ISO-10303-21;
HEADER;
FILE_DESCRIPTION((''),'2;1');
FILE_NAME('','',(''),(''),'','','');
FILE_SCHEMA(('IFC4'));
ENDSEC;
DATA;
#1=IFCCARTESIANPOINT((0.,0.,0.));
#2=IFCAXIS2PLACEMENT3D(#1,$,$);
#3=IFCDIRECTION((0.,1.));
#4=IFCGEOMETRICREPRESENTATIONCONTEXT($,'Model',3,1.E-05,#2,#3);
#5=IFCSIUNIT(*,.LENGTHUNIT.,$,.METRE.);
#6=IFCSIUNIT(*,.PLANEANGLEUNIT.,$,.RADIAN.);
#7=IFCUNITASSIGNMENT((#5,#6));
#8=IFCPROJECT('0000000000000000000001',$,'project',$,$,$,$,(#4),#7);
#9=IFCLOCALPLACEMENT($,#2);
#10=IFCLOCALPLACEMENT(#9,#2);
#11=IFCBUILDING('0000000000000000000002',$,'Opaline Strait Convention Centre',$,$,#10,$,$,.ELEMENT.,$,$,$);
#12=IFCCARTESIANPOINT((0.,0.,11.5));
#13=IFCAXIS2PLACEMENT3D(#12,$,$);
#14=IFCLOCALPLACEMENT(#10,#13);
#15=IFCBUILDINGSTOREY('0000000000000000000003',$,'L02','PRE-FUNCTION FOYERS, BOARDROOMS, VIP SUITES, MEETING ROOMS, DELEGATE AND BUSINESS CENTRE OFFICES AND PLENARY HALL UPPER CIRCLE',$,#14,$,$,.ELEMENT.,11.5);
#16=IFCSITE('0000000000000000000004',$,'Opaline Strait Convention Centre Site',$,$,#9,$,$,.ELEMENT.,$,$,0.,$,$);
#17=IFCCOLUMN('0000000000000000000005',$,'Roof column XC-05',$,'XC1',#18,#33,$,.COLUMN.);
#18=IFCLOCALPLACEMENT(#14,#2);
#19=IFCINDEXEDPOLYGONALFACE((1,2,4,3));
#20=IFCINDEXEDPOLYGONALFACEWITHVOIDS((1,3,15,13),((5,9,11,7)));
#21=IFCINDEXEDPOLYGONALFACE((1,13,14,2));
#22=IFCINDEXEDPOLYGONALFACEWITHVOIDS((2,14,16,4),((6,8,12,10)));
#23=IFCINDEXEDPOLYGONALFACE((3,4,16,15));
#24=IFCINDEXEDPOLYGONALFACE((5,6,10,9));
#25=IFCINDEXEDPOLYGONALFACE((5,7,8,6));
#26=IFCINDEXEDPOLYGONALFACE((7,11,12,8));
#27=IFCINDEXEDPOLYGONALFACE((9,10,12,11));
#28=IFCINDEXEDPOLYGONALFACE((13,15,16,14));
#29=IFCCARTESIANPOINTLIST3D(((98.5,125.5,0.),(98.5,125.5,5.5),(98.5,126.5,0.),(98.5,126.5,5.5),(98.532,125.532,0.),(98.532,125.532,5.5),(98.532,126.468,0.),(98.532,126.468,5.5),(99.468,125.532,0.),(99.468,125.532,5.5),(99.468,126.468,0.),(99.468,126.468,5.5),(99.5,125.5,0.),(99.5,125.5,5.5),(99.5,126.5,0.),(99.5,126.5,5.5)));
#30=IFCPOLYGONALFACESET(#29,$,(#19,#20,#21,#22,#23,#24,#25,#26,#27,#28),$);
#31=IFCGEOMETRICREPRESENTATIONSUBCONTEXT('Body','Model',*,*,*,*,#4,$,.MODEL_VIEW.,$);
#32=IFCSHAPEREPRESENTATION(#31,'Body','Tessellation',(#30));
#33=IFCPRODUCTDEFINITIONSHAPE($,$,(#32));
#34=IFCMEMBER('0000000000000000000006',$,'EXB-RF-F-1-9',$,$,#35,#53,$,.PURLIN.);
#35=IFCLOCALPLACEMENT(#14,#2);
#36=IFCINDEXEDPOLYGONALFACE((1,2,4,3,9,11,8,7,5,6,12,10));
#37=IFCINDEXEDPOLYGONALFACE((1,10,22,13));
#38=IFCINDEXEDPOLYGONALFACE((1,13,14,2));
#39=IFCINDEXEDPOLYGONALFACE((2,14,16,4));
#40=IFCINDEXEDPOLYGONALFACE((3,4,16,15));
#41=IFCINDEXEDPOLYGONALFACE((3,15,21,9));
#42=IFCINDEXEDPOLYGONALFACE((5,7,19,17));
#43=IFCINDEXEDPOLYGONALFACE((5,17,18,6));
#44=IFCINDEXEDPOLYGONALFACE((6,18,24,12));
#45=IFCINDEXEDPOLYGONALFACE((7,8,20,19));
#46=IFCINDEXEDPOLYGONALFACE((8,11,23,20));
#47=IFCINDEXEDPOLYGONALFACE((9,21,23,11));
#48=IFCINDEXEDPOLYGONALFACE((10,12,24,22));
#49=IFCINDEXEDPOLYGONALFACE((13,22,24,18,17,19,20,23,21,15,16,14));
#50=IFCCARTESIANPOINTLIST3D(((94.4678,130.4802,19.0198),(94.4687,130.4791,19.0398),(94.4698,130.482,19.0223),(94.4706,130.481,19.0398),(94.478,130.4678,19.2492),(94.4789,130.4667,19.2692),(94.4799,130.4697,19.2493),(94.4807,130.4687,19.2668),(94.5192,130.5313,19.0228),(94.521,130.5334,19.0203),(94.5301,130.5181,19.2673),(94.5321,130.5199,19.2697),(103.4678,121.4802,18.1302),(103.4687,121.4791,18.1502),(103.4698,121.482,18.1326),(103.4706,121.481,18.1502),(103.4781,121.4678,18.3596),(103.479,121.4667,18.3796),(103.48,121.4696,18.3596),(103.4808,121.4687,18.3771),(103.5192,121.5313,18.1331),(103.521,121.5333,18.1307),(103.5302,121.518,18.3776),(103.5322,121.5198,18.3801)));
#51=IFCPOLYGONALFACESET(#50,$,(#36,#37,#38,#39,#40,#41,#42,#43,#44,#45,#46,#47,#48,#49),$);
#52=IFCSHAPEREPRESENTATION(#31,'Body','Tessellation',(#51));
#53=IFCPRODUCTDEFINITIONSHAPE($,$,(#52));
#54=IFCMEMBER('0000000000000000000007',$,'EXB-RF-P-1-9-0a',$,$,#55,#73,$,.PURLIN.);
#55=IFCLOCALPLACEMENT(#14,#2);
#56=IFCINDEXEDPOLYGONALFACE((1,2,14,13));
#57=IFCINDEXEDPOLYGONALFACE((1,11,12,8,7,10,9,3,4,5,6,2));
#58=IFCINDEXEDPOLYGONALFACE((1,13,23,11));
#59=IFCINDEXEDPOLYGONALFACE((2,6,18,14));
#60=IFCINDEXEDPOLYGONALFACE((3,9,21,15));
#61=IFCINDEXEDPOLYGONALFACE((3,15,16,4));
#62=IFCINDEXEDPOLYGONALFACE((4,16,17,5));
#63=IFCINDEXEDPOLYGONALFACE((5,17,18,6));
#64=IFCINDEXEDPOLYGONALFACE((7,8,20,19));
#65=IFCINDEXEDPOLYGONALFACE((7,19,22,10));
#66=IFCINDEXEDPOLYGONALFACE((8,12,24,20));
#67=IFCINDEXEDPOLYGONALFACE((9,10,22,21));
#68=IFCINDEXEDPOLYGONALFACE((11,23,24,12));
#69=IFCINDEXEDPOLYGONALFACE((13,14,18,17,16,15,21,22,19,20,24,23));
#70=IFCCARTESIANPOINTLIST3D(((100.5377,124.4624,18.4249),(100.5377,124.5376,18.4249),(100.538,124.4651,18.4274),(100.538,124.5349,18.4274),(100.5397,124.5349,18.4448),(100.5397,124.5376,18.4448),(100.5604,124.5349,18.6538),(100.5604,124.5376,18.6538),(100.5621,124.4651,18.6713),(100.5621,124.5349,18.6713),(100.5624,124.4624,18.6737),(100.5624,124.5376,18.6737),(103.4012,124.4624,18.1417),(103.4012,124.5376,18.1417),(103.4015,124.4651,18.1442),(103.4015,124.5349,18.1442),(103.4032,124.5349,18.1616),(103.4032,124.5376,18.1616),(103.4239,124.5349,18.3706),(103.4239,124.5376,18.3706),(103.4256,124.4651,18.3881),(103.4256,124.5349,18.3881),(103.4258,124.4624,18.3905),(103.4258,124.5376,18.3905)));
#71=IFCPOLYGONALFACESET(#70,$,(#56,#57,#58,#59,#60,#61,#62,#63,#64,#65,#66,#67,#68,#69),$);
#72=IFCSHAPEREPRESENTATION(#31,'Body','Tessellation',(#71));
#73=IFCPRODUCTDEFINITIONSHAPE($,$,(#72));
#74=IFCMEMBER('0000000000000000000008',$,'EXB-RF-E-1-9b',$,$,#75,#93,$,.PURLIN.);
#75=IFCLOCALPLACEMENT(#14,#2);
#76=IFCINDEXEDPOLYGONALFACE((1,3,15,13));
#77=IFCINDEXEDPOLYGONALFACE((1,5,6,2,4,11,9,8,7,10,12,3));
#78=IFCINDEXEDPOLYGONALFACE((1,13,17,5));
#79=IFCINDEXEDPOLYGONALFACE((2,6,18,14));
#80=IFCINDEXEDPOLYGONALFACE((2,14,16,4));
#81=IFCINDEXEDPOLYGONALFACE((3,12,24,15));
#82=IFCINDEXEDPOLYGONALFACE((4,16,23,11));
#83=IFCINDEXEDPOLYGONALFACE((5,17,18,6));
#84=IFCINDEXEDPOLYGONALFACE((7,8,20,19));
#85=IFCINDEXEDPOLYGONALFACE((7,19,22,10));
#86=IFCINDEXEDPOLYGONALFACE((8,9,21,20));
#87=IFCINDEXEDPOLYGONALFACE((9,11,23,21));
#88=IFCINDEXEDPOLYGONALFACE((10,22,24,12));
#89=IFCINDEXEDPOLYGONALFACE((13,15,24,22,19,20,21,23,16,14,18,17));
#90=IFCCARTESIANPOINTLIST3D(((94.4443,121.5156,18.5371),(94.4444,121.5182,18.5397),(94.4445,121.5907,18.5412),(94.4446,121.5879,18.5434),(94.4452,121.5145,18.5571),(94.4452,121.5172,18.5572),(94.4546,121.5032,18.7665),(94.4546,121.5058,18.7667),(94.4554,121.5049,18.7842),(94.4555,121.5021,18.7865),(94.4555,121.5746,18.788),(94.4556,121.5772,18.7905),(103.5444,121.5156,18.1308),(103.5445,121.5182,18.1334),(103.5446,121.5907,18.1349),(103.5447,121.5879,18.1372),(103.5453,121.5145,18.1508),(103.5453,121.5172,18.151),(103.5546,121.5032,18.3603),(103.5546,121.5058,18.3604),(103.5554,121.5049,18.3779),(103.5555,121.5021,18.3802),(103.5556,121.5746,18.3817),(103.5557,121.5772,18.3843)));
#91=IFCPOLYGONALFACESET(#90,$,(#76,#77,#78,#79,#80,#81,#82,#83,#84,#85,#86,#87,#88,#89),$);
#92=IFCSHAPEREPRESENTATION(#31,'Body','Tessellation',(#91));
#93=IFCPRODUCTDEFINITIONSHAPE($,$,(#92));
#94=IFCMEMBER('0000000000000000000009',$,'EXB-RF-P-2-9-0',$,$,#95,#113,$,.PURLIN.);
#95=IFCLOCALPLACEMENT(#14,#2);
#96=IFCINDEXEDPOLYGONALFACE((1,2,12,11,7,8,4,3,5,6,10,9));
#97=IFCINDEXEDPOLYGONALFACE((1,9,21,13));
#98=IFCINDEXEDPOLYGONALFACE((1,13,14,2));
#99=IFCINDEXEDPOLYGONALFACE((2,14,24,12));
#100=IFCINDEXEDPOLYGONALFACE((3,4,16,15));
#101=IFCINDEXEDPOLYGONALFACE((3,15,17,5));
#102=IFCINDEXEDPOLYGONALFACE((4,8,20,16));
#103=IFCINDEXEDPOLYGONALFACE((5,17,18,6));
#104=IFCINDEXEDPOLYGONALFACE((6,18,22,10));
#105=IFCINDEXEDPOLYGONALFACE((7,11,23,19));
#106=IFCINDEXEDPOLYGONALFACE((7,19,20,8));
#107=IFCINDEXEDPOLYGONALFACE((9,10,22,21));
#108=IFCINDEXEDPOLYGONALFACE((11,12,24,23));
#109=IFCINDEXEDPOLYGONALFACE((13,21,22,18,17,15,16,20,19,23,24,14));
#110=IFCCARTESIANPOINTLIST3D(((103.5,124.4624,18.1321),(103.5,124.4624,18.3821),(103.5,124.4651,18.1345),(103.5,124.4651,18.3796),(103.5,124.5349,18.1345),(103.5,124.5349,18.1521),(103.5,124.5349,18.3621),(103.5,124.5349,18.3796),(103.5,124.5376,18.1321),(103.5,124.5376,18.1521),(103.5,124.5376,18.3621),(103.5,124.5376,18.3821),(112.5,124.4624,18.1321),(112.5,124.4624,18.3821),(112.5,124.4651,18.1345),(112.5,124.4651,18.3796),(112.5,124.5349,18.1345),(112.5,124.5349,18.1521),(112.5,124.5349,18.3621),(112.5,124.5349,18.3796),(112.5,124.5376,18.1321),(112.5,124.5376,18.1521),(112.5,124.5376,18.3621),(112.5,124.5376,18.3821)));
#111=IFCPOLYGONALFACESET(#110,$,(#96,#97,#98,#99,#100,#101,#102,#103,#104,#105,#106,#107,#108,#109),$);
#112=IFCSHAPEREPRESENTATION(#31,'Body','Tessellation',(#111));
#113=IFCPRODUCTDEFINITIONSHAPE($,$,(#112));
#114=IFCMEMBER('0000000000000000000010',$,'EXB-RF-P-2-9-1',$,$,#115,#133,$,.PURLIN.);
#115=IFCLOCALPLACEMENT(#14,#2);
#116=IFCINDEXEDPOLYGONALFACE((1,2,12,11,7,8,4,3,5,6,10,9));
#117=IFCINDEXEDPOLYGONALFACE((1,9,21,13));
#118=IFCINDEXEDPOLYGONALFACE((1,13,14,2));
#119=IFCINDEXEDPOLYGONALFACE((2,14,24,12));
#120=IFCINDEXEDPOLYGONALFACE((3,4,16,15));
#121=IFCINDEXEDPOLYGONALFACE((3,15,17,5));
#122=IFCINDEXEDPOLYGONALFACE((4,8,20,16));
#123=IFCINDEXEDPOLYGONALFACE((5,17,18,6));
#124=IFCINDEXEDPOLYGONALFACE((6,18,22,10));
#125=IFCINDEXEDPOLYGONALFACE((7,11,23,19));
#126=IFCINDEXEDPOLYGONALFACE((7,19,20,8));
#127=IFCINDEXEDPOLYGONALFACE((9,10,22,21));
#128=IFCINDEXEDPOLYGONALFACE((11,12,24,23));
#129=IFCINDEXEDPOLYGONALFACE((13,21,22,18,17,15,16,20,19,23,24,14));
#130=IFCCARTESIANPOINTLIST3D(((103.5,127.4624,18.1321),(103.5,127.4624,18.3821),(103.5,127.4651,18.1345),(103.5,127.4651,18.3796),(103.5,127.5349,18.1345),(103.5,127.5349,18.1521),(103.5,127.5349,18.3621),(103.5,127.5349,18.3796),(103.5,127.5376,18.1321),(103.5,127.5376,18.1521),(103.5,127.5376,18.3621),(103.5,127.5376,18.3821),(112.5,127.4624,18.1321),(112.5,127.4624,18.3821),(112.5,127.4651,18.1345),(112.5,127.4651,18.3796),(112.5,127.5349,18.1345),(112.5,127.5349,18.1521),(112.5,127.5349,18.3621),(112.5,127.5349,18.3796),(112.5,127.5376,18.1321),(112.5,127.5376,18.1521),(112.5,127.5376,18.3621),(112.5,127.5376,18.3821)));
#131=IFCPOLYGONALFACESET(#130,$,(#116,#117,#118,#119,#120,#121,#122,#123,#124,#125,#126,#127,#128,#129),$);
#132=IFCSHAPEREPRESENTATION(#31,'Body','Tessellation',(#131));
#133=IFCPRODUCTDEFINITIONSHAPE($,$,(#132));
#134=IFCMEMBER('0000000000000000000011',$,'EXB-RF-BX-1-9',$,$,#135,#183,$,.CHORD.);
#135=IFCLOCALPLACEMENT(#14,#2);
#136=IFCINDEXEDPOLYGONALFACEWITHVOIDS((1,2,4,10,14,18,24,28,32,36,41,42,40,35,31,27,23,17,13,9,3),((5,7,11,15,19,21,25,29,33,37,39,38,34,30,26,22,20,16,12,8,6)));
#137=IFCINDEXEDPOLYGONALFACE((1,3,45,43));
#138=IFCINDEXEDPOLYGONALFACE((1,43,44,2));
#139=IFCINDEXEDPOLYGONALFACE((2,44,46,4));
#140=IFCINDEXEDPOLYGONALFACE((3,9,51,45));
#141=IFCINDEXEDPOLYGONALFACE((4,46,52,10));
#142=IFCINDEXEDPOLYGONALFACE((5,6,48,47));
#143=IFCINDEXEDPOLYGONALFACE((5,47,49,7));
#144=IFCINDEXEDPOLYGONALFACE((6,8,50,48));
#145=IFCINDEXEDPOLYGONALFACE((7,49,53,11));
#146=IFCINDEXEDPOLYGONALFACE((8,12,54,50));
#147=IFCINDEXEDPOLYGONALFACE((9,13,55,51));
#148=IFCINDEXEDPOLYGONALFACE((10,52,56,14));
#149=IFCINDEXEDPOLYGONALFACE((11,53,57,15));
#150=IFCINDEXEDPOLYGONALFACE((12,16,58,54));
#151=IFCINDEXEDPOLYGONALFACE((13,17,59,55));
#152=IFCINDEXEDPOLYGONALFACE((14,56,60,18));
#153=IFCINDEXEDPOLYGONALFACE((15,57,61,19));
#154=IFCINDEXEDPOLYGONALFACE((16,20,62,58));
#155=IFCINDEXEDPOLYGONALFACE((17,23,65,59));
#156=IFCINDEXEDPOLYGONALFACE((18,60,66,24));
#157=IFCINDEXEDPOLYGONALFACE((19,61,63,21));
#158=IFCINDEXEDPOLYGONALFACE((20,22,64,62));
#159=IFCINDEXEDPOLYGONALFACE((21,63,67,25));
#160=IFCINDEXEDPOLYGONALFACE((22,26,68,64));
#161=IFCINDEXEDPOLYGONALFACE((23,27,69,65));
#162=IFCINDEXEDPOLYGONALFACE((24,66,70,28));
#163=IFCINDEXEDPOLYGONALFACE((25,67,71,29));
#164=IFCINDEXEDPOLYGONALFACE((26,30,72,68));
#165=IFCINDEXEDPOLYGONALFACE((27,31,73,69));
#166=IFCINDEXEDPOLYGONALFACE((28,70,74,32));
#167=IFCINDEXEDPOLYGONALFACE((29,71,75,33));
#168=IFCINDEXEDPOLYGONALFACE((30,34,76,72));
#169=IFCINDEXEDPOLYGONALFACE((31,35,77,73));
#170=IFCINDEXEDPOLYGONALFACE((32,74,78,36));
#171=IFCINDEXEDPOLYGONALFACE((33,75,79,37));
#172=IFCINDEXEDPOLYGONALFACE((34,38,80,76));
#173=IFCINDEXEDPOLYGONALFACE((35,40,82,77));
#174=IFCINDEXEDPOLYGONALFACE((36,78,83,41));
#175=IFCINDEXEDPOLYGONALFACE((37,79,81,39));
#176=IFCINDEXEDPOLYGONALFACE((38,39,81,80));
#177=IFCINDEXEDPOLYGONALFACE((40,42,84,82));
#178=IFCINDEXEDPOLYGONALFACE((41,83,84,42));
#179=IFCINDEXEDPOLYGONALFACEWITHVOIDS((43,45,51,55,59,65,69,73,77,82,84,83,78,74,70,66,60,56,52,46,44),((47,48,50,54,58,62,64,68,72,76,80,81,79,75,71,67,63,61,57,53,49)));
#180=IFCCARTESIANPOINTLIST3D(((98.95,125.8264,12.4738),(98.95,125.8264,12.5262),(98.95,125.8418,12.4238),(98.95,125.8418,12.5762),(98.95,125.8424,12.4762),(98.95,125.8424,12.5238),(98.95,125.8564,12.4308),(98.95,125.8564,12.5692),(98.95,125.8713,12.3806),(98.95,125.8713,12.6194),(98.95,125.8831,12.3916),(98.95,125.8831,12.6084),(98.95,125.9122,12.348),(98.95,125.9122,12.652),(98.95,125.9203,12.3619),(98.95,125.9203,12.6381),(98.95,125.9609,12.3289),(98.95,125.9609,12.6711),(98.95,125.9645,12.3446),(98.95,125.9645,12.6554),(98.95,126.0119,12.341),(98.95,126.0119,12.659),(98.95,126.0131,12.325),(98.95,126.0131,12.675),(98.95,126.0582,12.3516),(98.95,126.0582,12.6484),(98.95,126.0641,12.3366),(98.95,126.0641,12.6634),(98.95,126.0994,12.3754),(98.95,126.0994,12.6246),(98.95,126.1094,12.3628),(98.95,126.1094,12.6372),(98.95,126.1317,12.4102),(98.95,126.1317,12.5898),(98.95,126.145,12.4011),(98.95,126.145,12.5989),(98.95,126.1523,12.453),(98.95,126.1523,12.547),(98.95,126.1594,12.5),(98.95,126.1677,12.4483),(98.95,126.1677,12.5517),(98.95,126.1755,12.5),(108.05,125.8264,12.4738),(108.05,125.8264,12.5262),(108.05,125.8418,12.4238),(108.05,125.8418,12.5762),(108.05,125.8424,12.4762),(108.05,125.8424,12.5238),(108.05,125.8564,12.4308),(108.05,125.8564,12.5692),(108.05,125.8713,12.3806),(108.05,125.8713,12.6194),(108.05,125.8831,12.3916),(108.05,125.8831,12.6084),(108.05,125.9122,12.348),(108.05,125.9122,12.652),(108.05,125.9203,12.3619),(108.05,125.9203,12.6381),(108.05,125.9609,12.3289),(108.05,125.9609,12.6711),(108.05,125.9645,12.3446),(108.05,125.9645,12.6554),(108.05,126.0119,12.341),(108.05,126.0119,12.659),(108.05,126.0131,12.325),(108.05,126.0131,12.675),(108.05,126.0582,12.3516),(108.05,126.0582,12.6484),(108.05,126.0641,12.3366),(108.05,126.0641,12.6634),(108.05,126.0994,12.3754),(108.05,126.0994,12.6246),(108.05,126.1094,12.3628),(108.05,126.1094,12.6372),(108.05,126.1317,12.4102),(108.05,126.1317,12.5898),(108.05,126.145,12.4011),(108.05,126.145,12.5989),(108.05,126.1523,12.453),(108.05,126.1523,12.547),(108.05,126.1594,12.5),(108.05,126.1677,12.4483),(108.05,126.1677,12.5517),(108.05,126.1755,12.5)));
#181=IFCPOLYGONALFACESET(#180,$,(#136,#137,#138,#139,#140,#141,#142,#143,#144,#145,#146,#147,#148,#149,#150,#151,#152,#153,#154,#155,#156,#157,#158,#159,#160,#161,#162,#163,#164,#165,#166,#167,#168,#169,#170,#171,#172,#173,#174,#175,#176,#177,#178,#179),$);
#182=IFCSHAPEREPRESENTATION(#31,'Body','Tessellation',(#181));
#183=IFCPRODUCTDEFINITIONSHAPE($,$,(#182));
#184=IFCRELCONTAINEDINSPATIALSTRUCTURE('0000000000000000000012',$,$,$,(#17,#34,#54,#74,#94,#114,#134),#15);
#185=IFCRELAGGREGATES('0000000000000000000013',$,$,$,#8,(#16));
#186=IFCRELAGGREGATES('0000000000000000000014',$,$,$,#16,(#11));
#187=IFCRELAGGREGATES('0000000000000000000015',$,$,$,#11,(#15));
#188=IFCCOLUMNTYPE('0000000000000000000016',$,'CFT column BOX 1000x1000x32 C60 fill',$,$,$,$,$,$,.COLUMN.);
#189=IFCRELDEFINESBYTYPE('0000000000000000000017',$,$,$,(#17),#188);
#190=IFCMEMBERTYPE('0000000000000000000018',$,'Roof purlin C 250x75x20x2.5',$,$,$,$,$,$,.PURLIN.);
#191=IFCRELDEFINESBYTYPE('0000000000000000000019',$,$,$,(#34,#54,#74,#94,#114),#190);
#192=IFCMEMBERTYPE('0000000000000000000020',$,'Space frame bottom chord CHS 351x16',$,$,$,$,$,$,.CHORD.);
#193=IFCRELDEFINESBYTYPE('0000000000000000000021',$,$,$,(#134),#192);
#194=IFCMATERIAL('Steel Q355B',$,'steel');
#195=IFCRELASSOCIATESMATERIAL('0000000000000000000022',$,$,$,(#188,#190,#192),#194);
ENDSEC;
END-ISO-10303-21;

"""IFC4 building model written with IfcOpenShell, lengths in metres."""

from ifc_helpers import new_model, si_unit, direction, frame, origin, origin_2d, place, context, subcontext, project, spatial, polyline, hollow_rectangle, hollow_circle, outline, extrude, material, material_profile, profile_set, type_object, element, save


model = new_model("IFC4")

# Units and contexts
model_context = context("Model", 3, precision=1e-05, world=origin(), true_north=direction((0.0, 1.0)))
body_context = subcontext(model_context, "Body", "Model", "MODEL_VIEW")
ifc_project = project(units=[si_unit("LENGTHUNIT", "METRE"), si_unit("PLANEANGLEUNIT", "RADIAN")], contexts=[model_context])

# Site, building, storey
site_placement = place(None, origin())
site = spatial("IfcSite", under=ifc_project, at=site_placement, Name="Opaline Strait Convention Centre Site", CompositionType="ELEMENT", RefElevation=0.0)
building_placement = place(site_placement, origin())
building = spatial("IfcBuilding", under=site, at=building_placement, Name="Opaline Strait Convention Centre", CompositionType="ELEMENT")
storey_placement = place(building_placement, frame((0.0, 0.0, 11.5)))
storey = spatial("IfcBuildingStorey", under=building, at=storey_placement, Name="L02", Description="PRE-FUNCTION FOYERS, BOARDROOMS, VIP SUITES, MEETING ROOMS, DELEGATE AND BUSINESS CENTRE OFFICES AND PLENARY HALL UPPER CIRCLE", CompositionType="ELEMENT", Elevation=11.5)

# Column
ifc_material_1 = material(Name="Steel Q355B", Category="steel")
ifc_material_profile_1 = material_profile(ifc_material_1, hollow_rectangle(XDim=1.0, YDim=1.0, WallThickness=0.032, at=origin_2d()), Name="BOX 1000x1000x32")
ifc_profile_set_1 = profile_set([ifc_material_profile_1], Name="Steel Q355B")
column_type = type_object("IfcColumnType", Name="CFT column BOX 1000x1000x32 C60 fill", PredefinedType="COLUMN", material=ifc_profile_set_1)
column_placement = place(storey_placement, frame((99.0, 126.0, 0.0), z_axis=(0.0, 0.0, 1.0), x_axis=(1.0, 0.0, 0.0)))
element("IfcColumn", 1, at=column_placement, inside=storey, type_object=column_type, Name="Roof column XC-05", ObjectType="XC1", PredefinedType="COLUMN", context=body_context, shape_type="SweptSolid", body=[
    extrude(hollow_rectangle(XDim=1.0, YDim=1.0, WallThickness=0.032, at=origin_2d()), origin(), (0.0, 0.0, 1.0), 5.5),
])

# Members
ifc_material_profile_2 = material_profile(ifc_material_1, outline(polyline([(-0.0376, -0.125), (0.0376, -0.125), (0.0376, -0.105), (0.0349, -0.105), (0.0349, -0.1226), (-0.0349, -0.1226), (-0.0349, 0.1226), (0.0349, 0.1226), (0.0349, 0.105), (0.0376, 0.105), (0.0376, 0.125), (-0.0376, 0.125), (-0.0376, -0.125)])), Name="C 250x75x20x2.5")
ifc_profile_set_2 = profile_set([ifc_material_profile_2], Name="Steel Q355B")
member_type_1 = type_object("IfcMemberType", Name="Roof purlin C 250x75x20x2.5", PredefinedType="PURLIN", material=ifc_profile_set_2)
member_1_placement = place(storey_placement, frame((103.5, 121.5, 18.2551), z_axis=(-0.705386, 0.705386, 0.069727), x_axis=(-0.707423, -0.706758, -0.006724)))
element("IfcMember", 2, at=member_1_placement, inside=storey, type_object=member_type_1, Name="EXB-RF-F-1-9", PredefinedType="PURLIN", context=body_context, shape_type="SweptSolid", body=[
    extrude(outline(polyline([(-0.0376, -0.125), (0.0376, -0.125), (0.0376, -0.105), (0.0349, -0.105), (0.0349, -0.1226), (-0.0349, -0.1226), (-0.0349, 0.1226), (0.0349, 0.1226), (0.0349, 0.105), (0.0376, 0.105), (0.0376, 0.125), (-0.0376, 0.125), (-0.0376, -0.125)])), origin(), (0.0, 0.0, 1.0), 12.759),
])
member_2_placement = place(storey_placement, frame((100.55, 124.5, 18.5493), z_axis=(0.995145, 0.0, -0.09842), x_axis=(0.0, 1.0, 0.0)))
element("IfcMember", 3, at=member_2_placement, inside=storey, type_object=member_type_1, Name="EXB-RF-P-1-9-0a", PredefinedType="PURLIN", context=body_context, shape_type="SweptSolid", body=[
    extrude(outline(polyline([(-0.0376, -0.125), (0.0376, -0.125), (0.0376, -0.105), (0.0349, -0.105), (0.0349, -0.1226), (-0.0349, -0.1226), (-0.0349, 0.1226), (0.0349, 0.1226), (0.0349, 0.105), (0.0376, 0.105), (0.0376, 0.125), (-0.0376, 0.125), (-0.0376, -0.125)])), origin(), (0.0, 0.0, 1.0), 2.8774),
])
member_3_placement = place(storey_placement, frame((103.55, 121.5464, 18.2576), z_axis=(-0.999005, 0.0, 0.044598), x_axis=(-0.002412, -0.998537, -0.05402)))
element("IfcMember", 4, at=member_3_placement, inside=storey, type_object=member_type_1, Name="EXB-RF-E-1-9b", PredefinedType="PURLIN", context=body_context, shape_type="SweptSolid", body=[
    extrude(outline(polyline([(-0.0376, -0.125), (0.0376, -0.125), (0.0376, -0.105), (0.0349, -0.105), (0.0349, -0.1226), (-0.0349, -0.1226), (-0.0349, 0.1226), (0.0349, 0.1226), (0.0349, 0.105), (0.0376, 0.105), (0.0376, 0.125), (-0.0376, 0.125), (-0.0376, -0.125)])), origin(), (0.0, 0.0, 1.0), 9.1091),
])
for number, where, z_axis, x_axis, name in (
    (5, (103.5, 124.5, 18.2571), (1.0, 0.0, 0.0), (0.0, 1.0, 0.0), "EXB-RF-P-2-9-0"),
    (6, (103.5, 127.5, 18.2571), (1.0, 0.0, 0.0), (0.0, 1.0, 0.0), "EXB-RF-P-2-9-1"),
):
    element("IfcMember", number, at=place(storey_placement, frame(where, z_axis=z_axis, x_axis=x_axis)), inside=storey, type_object=member_type_1, Name=name, PredefinedType="PURLIN", context=body_context, shape_type="SweptSolid", body=[
        extrude(outline(polyline([(-0.0376, -0.125), (0.0376, -0.125), (0.0376, -0.105), (0.0349, -0.105), (0.0349, -0.1226), (-0.0349, -0.1226), (-0.0349, 0.1226), (0.0349, 0.1226), (0.0349, 0.105), (0.0376, 0.105), (0.0376, 0.125), (-0.0376, 0.125), (-0.0376, -0.125)])), origin(), (0.0, 0.0, 1.0), 9.0),
    ])
ifc_material_profile_3 = material_profile(ifc_material_1, hollow_circle(Radius=0.1755, WallThickness=0.0161, at=origin_2d()), Name="CHS 351x16")
ifc_profile_set_3 = profile_set([ifc_material_profile_3], Name="Steel Q355B")
member_type_2 = type_object("IfcMemberType", Name="Space frame bottom chord CHS 351x16", PredefinedType="CHORD", material=ifc_profile_set_3)
for number, where, z_axis, x_axis, name in (
    (7, (98.95, 126.0, 12.5), (1.0, 0.0, 0.0), (0.0, 1.0, 0.0), "EXB-RF-BX-1-9"),
):
    element("IfcMember", number, at=place(storey_placement, frame(where, z_axis=z_axis, x_axis=x_axis)), inside=storey, type_object=member_type_2, Name=name, PredefinedType="CHORD", context=body_context, shape_type="SweptSolid", body=[
        extrude(hollow_circle(Radius=0.1755, WallThickness=0.0161, at=origin_2d()), origin(), (0.0, 0.0, 1.0), 9.1001),
    ])

save(model, "model.ifc")
